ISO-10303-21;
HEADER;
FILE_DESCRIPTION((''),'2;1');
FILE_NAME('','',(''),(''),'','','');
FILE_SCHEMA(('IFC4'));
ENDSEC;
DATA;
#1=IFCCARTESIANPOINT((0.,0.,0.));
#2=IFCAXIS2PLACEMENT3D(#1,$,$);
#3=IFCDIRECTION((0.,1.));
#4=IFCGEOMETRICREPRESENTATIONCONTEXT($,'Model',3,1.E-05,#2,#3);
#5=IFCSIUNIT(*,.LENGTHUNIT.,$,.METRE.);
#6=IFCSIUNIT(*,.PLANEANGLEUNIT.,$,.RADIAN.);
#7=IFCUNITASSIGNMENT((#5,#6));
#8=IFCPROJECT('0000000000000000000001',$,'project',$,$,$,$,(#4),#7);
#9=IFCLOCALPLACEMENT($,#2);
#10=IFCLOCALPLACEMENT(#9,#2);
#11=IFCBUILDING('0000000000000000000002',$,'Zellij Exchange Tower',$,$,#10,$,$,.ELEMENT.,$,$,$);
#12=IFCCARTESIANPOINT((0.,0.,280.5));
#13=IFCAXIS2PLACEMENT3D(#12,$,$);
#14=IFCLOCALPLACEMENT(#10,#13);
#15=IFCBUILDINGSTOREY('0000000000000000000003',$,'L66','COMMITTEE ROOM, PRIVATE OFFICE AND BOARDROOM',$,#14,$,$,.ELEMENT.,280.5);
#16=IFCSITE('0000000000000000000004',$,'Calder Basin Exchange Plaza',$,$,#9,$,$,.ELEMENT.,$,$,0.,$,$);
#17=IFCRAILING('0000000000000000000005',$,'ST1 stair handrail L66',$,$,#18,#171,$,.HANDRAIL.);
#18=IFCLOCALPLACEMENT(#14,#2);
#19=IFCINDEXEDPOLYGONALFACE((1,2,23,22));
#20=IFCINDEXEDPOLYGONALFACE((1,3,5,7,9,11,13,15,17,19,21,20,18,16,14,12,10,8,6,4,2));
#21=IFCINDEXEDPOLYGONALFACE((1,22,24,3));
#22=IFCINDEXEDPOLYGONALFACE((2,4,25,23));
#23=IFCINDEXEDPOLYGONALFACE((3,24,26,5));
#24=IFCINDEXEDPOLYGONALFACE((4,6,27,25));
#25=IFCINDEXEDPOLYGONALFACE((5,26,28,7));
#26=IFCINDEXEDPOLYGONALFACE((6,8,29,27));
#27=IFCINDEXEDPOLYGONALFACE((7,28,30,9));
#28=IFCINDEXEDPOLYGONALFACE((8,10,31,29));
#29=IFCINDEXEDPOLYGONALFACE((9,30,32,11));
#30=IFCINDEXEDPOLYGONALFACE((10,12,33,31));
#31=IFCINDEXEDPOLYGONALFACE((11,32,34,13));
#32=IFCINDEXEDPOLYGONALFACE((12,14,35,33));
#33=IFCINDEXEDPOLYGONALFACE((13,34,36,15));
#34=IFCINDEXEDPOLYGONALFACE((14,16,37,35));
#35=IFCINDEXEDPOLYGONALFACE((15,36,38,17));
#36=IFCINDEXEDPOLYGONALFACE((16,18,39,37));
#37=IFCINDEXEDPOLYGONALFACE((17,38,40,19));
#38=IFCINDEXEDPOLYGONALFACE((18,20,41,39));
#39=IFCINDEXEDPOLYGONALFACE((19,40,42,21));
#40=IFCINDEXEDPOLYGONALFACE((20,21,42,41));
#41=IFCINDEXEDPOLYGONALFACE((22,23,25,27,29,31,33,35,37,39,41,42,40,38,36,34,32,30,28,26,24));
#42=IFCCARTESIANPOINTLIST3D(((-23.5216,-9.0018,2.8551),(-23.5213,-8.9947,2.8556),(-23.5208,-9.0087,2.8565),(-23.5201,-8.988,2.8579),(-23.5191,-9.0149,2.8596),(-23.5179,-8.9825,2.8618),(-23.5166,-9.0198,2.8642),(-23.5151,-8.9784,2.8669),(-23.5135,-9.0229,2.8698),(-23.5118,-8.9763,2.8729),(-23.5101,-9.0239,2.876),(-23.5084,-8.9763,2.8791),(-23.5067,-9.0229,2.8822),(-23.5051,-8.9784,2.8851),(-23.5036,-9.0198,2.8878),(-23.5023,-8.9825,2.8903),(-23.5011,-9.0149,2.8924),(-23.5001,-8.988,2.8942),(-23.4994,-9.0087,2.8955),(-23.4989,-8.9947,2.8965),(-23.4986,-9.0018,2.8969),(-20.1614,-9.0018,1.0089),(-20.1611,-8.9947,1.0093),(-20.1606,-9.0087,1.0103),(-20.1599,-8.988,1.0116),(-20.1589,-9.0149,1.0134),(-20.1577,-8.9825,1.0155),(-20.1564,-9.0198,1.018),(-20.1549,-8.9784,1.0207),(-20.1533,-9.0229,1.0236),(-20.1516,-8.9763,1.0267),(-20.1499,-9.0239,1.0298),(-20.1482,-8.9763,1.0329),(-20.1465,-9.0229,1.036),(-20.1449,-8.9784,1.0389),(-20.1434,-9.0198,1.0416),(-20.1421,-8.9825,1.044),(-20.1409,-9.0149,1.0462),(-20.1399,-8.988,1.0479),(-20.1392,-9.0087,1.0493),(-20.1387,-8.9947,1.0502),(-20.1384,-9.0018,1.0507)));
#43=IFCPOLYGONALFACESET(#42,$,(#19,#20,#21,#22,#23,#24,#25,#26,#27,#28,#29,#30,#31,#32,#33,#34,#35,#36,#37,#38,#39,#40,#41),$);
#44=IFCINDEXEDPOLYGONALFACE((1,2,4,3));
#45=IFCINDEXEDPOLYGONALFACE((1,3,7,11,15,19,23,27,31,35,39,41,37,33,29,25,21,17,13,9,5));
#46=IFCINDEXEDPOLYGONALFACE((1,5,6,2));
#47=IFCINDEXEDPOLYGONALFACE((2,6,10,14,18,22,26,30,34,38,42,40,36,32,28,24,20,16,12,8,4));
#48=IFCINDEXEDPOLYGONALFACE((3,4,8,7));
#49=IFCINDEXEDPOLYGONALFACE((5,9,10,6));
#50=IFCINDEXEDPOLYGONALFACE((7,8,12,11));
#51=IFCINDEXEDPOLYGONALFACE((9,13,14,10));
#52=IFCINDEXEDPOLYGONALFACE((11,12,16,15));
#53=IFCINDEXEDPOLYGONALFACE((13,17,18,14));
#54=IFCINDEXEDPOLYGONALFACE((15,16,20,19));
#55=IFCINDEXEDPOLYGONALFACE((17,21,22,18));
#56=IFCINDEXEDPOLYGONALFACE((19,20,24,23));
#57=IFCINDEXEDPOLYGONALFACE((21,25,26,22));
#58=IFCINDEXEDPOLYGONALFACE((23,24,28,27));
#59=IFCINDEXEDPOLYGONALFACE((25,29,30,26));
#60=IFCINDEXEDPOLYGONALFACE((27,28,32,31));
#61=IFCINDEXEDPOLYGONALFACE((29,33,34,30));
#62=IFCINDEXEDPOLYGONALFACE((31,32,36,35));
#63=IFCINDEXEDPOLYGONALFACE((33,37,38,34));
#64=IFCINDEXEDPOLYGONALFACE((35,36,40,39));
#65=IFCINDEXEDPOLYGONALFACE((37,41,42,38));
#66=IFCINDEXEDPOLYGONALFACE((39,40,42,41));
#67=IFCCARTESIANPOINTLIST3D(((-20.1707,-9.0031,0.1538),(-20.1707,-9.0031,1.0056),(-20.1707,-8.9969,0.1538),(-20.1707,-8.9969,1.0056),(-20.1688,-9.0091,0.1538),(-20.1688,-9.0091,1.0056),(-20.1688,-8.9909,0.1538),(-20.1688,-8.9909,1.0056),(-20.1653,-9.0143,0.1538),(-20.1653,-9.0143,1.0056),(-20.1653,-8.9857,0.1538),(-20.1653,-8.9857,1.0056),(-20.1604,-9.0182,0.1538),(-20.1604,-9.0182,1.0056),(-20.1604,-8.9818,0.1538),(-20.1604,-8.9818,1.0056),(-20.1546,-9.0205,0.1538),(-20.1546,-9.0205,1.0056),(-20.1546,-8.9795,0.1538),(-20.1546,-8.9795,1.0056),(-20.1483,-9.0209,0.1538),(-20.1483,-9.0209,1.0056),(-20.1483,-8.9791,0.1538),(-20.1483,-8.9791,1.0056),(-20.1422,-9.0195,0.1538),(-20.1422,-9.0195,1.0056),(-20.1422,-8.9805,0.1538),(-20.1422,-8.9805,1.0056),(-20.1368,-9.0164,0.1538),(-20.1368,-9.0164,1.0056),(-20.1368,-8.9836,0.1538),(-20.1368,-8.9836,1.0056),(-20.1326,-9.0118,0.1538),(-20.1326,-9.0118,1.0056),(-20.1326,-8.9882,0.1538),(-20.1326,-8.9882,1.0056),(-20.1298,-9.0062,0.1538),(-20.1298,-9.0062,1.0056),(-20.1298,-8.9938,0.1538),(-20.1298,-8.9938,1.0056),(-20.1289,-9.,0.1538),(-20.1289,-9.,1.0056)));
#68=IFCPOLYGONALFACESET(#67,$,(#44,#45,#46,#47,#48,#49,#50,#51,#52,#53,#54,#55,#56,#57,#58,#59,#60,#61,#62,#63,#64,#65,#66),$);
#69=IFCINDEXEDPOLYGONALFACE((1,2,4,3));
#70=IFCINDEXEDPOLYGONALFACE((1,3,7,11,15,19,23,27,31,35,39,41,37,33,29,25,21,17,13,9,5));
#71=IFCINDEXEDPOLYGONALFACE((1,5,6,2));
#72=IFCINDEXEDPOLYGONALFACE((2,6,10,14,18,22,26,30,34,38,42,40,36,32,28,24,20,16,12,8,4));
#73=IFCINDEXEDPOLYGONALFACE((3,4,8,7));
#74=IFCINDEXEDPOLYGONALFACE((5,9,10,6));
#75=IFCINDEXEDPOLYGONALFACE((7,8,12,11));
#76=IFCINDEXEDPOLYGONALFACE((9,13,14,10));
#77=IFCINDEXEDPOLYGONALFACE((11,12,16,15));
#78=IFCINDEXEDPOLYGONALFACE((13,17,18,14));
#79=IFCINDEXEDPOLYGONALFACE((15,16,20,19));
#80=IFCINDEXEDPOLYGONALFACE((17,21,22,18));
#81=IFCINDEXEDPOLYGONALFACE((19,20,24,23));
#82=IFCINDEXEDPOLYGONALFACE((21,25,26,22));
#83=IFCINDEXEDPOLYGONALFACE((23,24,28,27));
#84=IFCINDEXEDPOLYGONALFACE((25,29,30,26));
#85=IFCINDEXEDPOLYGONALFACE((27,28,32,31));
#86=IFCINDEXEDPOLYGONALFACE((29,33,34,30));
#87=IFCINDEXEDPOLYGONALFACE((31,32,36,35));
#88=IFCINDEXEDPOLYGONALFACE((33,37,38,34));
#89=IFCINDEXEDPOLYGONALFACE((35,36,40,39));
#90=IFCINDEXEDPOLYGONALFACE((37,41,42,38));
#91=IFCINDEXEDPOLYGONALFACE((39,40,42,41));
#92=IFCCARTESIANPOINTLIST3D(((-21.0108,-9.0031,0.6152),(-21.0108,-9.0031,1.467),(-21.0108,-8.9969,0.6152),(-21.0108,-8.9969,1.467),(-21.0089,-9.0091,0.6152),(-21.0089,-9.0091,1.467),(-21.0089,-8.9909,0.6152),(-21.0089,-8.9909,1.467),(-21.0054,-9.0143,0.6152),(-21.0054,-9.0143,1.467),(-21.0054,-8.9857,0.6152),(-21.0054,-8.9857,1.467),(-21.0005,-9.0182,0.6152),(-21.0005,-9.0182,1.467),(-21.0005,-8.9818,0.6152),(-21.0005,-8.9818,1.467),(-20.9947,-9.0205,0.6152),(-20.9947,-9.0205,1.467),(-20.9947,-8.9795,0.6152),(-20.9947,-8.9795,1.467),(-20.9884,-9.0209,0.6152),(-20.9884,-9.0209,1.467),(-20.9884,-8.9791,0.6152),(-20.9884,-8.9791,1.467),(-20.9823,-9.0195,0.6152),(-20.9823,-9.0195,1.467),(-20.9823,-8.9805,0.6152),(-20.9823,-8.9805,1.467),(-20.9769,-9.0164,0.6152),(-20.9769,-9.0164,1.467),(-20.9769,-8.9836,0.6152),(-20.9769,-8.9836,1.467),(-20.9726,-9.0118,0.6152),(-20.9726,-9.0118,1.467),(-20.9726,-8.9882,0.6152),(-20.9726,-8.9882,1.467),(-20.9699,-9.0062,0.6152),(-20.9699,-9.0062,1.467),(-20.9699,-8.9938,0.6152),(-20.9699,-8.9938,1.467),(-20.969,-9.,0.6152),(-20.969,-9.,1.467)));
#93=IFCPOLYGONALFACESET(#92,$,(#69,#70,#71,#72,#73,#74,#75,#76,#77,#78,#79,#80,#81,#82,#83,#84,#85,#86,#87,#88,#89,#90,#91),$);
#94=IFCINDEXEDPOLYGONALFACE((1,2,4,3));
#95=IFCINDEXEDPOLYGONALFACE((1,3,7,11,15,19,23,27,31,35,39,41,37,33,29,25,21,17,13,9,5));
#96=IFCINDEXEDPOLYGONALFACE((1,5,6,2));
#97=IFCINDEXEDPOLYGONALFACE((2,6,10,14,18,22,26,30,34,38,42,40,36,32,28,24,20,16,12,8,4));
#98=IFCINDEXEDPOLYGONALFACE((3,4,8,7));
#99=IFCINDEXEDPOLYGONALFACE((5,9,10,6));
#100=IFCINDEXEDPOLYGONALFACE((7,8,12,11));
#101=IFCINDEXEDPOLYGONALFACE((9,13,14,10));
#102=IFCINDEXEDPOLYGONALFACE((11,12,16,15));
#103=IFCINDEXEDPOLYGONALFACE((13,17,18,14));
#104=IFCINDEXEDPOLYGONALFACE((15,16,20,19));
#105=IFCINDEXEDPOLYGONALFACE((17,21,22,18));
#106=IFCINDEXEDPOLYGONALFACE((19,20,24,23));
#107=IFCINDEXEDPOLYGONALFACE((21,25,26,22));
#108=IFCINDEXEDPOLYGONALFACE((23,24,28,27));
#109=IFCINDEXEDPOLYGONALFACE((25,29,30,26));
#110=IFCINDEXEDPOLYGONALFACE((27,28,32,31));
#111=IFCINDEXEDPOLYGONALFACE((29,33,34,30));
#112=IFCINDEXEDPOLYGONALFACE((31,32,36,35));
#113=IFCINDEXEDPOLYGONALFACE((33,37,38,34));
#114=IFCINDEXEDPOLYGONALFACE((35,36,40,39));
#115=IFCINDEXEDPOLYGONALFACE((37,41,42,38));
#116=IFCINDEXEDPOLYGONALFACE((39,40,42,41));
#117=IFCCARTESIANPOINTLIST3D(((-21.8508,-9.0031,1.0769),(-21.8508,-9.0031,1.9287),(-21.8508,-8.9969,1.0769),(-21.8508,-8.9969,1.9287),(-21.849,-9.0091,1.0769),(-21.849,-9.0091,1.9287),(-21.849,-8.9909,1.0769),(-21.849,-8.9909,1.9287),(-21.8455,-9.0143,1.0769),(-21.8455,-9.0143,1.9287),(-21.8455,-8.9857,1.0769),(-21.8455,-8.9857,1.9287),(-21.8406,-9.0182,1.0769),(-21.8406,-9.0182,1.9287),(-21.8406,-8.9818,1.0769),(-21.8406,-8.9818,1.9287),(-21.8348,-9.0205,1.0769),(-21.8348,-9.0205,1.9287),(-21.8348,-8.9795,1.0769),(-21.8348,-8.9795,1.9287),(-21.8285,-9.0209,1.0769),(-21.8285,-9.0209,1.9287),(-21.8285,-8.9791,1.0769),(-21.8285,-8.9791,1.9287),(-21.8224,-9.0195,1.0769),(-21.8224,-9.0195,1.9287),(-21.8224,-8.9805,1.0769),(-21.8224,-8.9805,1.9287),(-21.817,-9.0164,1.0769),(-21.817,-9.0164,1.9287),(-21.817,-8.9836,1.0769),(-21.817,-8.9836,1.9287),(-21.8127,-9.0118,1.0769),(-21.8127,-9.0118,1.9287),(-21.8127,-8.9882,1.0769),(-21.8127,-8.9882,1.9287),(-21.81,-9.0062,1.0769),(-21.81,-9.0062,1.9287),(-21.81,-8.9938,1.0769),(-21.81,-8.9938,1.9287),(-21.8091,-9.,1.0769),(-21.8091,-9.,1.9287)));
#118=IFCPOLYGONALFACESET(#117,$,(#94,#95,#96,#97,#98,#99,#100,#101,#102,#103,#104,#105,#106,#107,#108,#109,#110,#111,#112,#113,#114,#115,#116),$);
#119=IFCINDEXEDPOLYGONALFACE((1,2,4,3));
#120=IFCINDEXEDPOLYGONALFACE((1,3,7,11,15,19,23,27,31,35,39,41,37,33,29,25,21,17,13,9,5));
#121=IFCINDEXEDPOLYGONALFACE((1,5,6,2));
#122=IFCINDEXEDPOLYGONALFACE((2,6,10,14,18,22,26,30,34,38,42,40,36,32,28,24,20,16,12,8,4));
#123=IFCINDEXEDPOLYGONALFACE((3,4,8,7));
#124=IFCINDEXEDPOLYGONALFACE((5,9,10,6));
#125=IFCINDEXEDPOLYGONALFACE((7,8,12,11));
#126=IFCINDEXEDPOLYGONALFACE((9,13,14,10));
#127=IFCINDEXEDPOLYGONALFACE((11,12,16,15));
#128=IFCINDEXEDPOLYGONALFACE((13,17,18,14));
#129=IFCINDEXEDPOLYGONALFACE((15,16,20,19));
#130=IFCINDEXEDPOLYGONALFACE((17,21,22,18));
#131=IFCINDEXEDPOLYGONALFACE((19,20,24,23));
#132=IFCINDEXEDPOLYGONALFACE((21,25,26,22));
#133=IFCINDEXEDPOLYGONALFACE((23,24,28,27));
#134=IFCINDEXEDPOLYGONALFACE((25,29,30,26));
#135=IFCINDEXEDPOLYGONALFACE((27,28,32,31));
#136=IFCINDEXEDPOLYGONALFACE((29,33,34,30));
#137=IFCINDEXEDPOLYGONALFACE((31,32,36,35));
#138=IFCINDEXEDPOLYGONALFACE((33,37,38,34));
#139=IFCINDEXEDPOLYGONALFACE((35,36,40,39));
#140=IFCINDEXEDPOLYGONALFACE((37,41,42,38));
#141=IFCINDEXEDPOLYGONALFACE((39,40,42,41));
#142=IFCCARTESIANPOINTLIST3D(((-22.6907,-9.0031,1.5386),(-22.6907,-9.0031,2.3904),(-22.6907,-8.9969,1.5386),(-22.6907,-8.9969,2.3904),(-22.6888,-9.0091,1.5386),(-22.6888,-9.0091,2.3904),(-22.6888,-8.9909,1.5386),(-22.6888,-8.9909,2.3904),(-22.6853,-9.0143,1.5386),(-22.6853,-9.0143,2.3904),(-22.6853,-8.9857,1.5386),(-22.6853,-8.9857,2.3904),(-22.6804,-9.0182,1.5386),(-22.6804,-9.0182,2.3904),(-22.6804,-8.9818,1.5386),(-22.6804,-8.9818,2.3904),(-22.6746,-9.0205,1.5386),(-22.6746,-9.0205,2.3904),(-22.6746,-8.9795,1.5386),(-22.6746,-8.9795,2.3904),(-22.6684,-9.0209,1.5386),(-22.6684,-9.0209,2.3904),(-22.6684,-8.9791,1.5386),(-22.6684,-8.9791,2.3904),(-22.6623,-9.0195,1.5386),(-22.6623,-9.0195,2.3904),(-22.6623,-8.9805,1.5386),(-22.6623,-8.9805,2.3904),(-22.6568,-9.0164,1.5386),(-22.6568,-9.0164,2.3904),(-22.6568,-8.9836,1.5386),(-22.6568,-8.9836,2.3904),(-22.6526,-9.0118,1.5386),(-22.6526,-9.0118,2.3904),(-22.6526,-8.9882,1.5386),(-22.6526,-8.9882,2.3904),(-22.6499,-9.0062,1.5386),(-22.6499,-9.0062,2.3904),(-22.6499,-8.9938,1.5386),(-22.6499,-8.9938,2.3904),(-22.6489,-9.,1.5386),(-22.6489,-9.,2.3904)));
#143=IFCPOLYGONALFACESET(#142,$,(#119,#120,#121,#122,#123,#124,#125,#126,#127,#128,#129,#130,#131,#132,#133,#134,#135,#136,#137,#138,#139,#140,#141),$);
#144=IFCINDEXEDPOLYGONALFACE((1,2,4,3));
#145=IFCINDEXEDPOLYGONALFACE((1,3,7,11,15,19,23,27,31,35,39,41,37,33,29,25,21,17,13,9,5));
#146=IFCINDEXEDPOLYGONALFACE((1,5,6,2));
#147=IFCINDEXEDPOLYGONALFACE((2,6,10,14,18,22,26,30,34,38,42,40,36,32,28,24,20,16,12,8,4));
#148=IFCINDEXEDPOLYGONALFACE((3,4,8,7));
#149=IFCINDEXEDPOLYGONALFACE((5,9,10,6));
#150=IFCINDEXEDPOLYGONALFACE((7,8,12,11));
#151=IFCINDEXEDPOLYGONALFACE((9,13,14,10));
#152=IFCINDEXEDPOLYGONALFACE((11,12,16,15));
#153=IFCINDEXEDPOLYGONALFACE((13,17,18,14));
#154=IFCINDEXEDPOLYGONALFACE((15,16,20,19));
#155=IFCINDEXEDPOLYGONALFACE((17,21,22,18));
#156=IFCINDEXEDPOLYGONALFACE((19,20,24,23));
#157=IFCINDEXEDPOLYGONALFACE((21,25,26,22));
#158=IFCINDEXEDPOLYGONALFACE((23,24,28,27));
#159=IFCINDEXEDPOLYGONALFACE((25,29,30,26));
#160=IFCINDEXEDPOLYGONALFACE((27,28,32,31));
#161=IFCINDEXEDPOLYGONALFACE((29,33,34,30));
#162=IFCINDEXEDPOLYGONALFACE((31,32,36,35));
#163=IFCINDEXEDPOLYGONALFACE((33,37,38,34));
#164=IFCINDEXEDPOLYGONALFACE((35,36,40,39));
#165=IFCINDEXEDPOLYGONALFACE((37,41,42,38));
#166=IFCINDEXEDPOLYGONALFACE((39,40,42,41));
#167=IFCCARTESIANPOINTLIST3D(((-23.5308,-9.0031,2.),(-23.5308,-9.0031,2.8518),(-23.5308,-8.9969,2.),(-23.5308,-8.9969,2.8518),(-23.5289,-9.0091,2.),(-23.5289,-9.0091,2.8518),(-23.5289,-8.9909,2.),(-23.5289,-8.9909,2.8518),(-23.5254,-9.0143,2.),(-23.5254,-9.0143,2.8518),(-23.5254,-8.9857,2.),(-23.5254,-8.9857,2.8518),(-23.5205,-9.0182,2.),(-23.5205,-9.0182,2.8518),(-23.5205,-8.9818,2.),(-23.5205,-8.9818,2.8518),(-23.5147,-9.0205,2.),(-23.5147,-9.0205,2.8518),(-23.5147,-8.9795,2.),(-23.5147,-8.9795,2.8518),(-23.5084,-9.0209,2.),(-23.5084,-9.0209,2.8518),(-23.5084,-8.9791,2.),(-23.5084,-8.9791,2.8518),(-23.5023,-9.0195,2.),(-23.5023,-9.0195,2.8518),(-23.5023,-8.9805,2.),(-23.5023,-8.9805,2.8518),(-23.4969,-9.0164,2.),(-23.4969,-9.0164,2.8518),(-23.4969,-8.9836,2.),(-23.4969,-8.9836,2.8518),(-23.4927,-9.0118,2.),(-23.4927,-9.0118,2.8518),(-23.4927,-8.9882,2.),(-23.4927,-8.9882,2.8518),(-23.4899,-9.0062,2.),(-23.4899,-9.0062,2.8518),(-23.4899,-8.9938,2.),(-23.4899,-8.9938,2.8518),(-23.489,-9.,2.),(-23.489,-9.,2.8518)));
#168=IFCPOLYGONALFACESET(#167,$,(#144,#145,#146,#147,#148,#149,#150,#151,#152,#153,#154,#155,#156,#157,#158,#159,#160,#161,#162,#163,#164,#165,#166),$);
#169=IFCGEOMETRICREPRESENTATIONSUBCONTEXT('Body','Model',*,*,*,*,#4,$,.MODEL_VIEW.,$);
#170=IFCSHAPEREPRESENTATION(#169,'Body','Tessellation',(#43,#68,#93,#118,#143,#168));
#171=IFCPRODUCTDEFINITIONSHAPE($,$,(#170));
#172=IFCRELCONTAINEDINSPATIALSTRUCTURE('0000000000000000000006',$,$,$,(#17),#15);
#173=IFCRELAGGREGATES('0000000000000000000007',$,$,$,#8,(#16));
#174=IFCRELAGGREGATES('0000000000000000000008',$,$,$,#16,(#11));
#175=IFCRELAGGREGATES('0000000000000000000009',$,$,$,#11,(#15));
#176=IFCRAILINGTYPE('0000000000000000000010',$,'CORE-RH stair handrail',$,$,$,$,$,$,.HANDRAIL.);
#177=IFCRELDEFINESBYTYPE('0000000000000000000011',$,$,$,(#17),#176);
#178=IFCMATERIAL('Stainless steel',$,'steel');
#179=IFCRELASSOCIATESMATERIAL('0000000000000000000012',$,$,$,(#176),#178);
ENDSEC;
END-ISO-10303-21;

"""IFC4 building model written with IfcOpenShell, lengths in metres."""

from ifc_helpers import new_model, si_unit, direction, frame, origin, origin_2d, place, context, subcontext, project, spatial, circle, extrude, material, type_object, element, save


model = new_model("IFC4")

# Units and contexts
model_context = context("Model", 3, precision=1e-05, world=origin(), true_north=direction((0.0, 1.0)))
body_context = subcontext(model_context, "Body", "Model", "MODEL_VIEW")
ifc_project = project(units=[si_unit("LENGTHUNIT", "METRE"), si_unit("PLANEANGLEUNIT", "RADIAN")], contexts=[model_context])

# Site, building, storey
site_placement = place(None, origin())
site = spatial("IfcSite", under=ifc_project, at=site_placement, Name="Calder Basin Exchange Plaza", CompositionType="ELEMENT", RefElevation=0.0)
building_placement = place(site_placement, origin())
building = spatial("IfcBuilding", under=site, at=building_placement, Name="Zellij Exchange Tower", CompositionType="ELEMENT")
storey_placement = place(building_placement, frame((0.0, 0.0, 280.5)))
storey = spatial("IfcBuildingStorey", under=building, at=storey_placement, Name="L66", Description="COMMITTEE ROOM, PRIVATE OFFICE AND BOARDROOM", CompositionType="ELEMENT", Elevation=280.5)

# Railing
ifc_material_1 = material(Name="Stainless steel", Category="steel")
railing_type_1 = type_object("IfcRailingType", Name="CORE-RH stair handrail", PredefinedType="HANDRAIL", material=ifc_material_1)
railing_1_placement = place(storey_placement, frame((-20.1499, -9.0, 0.1538)))
element("IfcRailing", 1, at=railing_1_placement, inside=storey, type_object=railing_type_1, Name="ST1 stair handrail L66", PredefinedType="HANDRAIL", context=body_context, shape_type="SweptSolid", body=[
    extrude(circle(Radius=0.0239, at=origin_2d()), frame((0.0, 0.0, 0.876), z_axis=(-0.876422, 0.0, 0.481545), x_axis=(0.0, -1.0, 0.0)), (0.0, 0.0, 1.0), 3.834),
    extrude(circle(Radius=0.021, at=origin_2d()), origin(), (0.0, 0.0, 1.0), 0.8518),
    extrude(circle(Radius=0.021, at=origin_2d()), frame((-0.8401, 0.0, 0.4614)), (0.0, 0.0, 1.0), 0.8518),
    extrude(circle(Radius=0.021, at=origin_2d()), frame((-1.6802, 0.0, 0.9231)), (0.0, 0.0, 1.0), 0.8518),
    extrude(circle(Radius=0.021, at=origin_2d()), frame((-2.52, 0.0, 1.3848)), (0.0, 0.0, 1.0), 0.8518),
    extrude(circle(Radius=0.021, at=origin_2d()), frame((-3.3601, 0.0, 1.8462)), (0.0, 0.0, 1.0), 0.8518),
])

save(model, "model.ifc")
